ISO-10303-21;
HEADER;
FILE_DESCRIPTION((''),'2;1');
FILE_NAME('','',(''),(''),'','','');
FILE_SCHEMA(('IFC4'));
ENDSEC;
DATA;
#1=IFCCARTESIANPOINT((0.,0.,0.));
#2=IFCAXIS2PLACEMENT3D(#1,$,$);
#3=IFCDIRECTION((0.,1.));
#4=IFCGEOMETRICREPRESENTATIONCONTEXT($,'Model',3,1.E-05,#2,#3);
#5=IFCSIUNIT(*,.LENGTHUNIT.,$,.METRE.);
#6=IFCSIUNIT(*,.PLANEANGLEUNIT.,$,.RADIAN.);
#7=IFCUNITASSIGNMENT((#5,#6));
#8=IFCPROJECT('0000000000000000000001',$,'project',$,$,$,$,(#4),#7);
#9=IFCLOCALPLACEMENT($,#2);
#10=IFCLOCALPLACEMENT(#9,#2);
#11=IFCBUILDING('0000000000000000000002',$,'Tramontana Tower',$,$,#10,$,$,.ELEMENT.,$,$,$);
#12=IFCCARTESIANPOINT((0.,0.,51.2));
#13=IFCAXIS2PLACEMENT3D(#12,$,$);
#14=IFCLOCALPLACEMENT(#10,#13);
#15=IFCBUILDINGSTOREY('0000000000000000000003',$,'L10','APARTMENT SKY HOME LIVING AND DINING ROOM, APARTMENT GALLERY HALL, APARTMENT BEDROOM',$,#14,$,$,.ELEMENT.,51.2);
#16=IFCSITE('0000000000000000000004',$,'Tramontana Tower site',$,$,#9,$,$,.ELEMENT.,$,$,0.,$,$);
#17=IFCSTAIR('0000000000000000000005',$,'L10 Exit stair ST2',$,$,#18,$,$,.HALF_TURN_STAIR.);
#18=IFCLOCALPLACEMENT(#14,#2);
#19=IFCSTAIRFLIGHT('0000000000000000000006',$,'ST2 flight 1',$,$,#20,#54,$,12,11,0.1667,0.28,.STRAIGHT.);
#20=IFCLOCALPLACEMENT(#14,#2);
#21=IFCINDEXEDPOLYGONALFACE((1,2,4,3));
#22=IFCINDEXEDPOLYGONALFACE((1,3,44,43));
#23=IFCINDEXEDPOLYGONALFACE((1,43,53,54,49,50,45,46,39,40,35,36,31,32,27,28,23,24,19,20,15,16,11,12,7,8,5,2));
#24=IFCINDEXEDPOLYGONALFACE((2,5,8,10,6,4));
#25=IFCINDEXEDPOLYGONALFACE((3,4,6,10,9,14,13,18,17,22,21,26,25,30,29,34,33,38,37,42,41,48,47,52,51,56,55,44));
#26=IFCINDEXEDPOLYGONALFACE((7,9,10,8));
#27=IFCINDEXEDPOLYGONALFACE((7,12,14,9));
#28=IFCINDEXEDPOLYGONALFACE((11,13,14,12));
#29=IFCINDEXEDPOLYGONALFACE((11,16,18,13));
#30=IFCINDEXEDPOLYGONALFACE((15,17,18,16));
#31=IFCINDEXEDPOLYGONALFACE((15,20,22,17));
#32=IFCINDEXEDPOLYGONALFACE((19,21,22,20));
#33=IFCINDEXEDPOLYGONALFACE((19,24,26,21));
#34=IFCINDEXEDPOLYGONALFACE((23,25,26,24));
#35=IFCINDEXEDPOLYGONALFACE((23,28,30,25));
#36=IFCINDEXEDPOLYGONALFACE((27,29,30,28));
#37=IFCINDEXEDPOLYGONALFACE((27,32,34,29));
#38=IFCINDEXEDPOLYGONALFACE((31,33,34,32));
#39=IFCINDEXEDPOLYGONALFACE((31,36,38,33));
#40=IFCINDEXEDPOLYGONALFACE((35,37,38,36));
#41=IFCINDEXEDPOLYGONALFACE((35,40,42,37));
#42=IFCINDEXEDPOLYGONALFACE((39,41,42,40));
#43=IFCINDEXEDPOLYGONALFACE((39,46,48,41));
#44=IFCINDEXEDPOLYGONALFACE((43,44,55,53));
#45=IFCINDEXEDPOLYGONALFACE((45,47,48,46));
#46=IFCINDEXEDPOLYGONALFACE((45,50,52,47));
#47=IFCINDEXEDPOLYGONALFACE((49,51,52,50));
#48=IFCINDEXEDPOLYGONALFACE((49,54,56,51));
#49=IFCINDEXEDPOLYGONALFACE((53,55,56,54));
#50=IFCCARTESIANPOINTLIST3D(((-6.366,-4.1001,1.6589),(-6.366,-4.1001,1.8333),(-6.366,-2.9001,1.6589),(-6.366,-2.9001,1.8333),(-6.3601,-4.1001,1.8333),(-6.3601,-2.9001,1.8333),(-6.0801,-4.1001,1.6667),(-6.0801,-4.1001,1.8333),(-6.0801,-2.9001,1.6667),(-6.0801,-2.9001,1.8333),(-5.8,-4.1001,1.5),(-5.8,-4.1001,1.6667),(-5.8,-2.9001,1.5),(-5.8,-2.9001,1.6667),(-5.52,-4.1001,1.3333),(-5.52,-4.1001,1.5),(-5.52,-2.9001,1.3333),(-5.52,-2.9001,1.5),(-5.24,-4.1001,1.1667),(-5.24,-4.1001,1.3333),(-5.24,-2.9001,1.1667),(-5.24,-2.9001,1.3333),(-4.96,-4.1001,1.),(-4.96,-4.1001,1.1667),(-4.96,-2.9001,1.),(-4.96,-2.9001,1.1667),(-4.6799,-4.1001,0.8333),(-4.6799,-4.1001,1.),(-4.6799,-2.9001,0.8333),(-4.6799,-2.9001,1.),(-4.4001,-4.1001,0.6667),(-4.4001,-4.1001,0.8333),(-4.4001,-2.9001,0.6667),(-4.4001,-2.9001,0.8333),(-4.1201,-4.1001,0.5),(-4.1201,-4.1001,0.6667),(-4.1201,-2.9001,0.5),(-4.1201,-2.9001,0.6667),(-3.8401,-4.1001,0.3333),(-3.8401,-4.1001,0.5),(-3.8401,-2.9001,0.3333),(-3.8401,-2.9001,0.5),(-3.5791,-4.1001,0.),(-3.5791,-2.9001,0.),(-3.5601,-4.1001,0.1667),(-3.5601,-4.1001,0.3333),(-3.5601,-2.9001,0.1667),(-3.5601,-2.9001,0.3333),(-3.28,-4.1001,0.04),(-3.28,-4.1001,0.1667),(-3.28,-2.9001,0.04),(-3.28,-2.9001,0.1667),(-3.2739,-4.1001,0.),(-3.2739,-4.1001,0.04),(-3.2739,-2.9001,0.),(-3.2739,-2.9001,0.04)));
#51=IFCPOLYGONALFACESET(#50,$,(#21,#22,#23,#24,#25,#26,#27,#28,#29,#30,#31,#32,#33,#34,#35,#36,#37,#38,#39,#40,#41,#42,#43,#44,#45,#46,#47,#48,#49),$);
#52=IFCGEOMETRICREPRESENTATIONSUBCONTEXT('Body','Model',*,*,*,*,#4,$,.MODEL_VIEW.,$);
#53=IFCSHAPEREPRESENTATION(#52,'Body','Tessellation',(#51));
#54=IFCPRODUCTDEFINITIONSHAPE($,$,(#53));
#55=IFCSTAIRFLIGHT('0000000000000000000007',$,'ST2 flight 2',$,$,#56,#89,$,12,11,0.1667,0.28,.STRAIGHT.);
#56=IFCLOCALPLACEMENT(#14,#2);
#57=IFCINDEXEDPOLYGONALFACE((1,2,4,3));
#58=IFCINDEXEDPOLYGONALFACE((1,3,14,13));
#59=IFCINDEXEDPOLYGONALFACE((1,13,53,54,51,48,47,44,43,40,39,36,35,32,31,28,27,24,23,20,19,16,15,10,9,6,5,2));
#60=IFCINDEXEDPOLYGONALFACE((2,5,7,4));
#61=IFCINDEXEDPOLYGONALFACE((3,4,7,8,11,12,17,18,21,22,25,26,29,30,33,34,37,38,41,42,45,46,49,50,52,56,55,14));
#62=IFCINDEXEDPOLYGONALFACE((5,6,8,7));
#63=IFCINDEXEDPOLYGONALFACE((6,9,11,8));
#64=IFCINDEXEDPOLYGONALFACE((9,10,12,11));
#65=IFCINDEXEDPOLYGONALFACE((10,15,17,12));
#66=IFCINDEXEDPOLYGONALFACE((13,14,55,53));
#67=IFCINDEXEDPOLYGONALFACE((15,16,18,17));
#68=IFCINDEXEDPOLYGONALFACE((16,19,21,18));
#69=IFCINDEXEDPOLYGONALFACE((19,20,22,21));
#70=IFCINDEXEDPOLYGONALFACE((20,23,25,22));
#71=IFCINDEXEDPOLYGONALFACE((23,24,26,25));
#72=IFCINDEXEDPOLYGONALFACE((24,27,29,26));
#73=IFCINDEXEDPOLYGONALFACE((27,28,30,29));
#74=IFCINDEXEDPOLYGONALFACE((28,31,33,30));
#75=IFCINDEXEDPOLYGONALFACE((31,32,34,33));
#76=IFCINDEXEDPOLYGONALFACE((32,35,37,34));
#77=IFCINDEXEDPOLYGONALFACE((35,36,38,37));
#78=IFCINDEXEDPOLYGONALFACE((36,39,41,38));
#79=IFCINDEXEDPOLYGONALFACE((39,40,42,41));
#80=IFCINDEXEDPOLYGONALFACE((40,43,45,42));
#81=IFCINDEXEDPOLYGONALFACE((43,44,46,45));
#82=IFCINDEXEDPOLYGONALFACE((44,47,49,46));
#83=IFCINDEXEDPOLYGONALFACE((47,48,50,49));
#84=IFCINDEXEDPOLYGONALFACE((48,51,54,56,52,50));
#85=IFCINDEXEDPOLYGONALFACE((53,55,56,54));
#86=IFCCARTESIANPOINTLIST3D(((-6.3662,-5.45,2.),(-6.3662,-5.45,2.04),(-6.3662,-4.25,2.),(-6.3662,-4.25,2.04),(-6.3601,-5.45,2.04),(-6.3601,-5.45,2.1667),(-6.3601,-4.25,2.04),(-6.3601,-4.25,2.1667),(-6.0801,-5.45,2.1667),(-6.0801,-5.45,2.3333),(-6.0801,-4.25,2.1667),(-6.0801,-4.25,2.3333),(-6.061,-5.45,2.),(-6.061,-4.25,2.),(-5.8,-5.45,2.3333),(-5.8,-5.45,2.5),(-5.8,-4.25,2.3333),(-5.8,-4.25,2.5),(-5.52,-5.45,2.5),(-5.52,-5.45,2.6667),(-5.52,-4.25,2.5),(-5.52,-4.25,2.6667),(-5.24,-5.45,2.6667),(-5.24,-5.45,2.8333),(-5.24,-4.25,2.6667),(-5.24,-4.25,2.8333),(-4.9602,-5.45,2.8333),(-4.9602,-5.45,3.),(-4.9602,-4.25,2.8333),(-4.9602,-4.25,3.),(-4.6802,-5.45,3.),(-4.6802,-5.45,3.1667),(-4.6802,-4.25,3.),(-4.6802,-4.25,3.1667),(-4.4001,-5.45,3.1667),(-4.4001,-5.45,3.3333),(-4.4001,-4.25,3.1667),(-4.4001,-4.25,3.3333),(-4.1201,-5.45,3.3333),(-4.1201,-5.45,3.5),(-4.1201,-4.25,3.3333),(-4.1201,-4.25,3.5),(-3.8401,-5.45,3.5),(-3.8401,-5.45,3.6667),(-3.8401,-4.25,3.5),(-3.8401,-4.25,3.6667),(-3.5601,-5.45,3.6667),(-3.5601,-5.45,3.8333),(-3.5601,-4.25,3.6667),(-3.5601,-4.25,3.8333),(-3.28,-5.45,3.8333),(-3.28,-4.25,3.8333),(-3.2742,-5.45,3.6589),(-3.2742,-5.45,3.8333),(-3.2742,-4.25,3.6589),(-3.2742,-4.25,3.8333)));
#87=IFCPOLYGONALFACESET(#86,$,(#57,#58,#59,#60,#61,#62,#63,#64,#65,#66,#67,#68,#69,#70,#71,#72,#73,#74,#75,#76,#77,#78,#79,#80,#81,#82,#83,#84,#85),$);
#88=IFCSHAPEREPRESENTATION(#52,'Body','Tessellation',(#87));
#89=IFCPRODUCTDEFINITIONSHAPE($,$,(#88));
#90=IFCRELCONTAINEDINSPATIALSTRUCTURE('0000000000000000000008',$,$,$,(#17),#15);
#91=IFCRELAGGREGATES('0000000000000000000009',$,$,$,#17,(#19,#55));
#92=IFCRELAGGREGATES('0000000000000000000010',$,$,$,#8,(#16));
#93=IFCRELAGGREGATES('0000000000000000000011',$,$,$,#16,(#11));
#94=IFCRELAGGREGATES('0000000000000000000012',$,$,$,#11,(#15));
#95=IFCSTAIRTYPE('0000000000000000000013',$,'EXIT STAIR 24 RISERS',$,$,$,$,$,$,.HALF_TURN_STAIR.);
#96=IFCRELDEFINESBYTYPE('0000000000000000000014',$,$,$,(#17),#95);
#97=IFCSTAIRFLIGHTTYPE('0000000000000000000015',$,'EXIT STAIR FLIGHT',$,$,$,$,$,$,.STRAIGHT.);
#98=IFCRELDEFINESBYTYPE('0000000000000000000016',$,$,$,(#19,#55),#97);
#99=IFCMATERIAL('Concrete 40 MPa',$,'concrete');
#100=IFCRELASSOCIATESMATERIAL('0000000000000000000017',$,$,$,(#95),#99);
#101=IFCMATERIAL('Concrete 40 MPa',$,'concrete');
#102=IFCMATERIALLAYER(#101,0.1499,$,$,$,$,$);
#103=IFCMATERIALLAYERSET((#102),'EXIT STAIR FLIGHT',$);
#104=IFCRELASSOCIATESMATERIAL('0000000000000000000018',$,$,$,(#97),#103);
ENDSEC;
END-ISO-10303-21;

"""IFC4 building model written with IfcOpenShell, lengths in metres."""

from ifc_helpers import new_model, si_unit, direction, frame, origin, place, context, subcontext, project, spatial, polyline, outline, extrude, material, layer, layer_set, type_object, element, aggregate, save


model = new_model("IFC4")

# Units and contexts
model_context = context("Model", 3, precision=1e-05, world=origin(), true_north=direction((0.0, 1.0)))
body_context = subcontext(model_context, "Body", "Model", "MODEL_VIEW")
ifc_project = project(units=[si_unit("LENGTHUNIT", "METRE"), si_unit("PLANEANGLEUNIT", "RADIAN")], contexts=[model_context])

# Site, building, storey
site_placement = place(None, origin())
site = spatial("IfcSite", under=ifc_project, at=site_placement, Name="Tramontana Tower site", CompositionType="ELEMENT", RefElevation=0.0)
building_placement = place(site_placement, origin())
building = spatial("IfcBuilding", under=site, at=building_placement, Name="Tramontana Tower", CompositionType="ELEMENT")
storey_placement = place(building_placement, frame((0.0, 0.0, 51.2)))
storey = spatial("IfcBuildingStorey", under=building, at=storey_placement, Name="L10", Description="APARTMENT SKY HOME LIVING AND DINING ROOM, APARTMENT GALLERY HALL, APARTMENT BEDROOM", CompositionType="ELEMENT", Elevation=51.2)

# Stair, stair flights
ifc_material_1 = material(Name="Concrete 40 MPa", Category="concrete")
stair_type = type_object("IfcStairType", Name="EXIT STAIR 24 RISERS", PredefinedType="HALF_TURN_STAIR", material=ifc_material_1)
stair_placement = place(storey_placement, origin())
stair = element("IfcStair", 1, at=stair_placement, inside=storey, type_object=stair_type, Name="L10 Exit stair ST2", PredefinedType="HALF_TURN_STAIR")
ifc_material_2 = material(Name="Concrete 40 MPa", Category="concrete")
ifc_layer_1 = layer(ifc_material_2, 0.1499)
ifc_layer_set_1 = layer_set([ifc_layer_1], Name="EXIT STAIR FLIGHT")
stair_flight_type = type_object("IfcStairFlightType", Name="EXIT STAIR FLIGHT", PredefinedType="STRAIGHT", material=ifc_layer_set_1)
stair_flight_1_placement = place(storey_placement, frame((-3.28, -3.5, 0.0), z_axis=(0.0, 0.0, 1.0), x_axis=(-1.0, 0.0, 0.0)))
stair_flight_1 = element("IfcStairFlight", 2, at=stair_flight_1_placement, type_object=stair_flight_type, Name="ST2 flight 1", NumberOfRisers=12, NumberOfTreads=11, PredefinedType="STRAIGHT", RiserHeight=0.1667, TreadLength=0.28, context=body_context, shape_type="SweptSolid", body=[
    extrude(outline(polyline([(-0.0061, 0.0), (-0.0061, 0.04), (0.0, 0.04), (0.0, 0.1667), (0.28, 0.1667), (0.28, 0.3333), (0.5601, 0.3333), (0.5601, 0.5), (0.8401, 0.5), (0.8401, 0.6667), (1.1201, 0.6667), (1.1201, 0.8333), (1.3999, 0.8333), (1.3999, 1.0), (1.6799, 1.0), (1.6799, 1.1667), (1.96, 1.1667), (1.96, 1.3333), (2.24, 1.3333), (2.24, 1.5), (2.52, 1.5), (2.52, 1.6667), (2.8, 1.6667), (2.8, 1.8333), (3.0801, 1.8333), (3.0859, 1.8333), (3.0859, 1.6589), (0.2991, 0.0), (-0.0061, 0.0)])), frame((0.0, 0.6001, 0.0), z_axis=(0.0, -1.0, 0.0), x_axis=(1.0, 0.0, 0.0)), (0.0, 0.0, 1.0), 1.2),
])
stair_flight_2_placement = place(storey_placement, frame((-6.3601, -4.8501, 2.0), z_axis=(0.0, 0.0, 1.0), x_axis=(1.0, 0.0, 0.0)))
stair_flight_2 = element("IfcStairFlight", 3, at=stair_flight_2_placement, type_object=stair_flight_type, Name="ST2 flight 2", NumberOfRisers=12, NumberOfTreads=11, PredefinedType="STRAIGHT", RiserHeight=0.1667, TreadLength=0.28, context=body_context, shape_type="SweptSolid", body=[
    extrude(outline(polyline([(-0.0061, 0.0), (-0.0061, 0.04), (0.0, 0.04), (0.0, 0.1667), (0.28, 0.1667), (0.28, 0.3333), (0.5601, 0.3333), (0.5601, 0.5), (0.8401, 0.5), (0.8401, 0.6667), (1.1201, 0.6667), (1.1201, 0.8333), (1.3999, 0.8333), (1.3999, 1.0), (1.6799, 1.0), (1.6799, 1.1667), (1.96, 1.1667), (1.96, 1.3333), (2.24, 1.3333), (2.24, 1.5), (2.52, 1.5), (2.52, 1.6667), (2.8, 1.6667), (2.8, 1.8333), (3.0801, 1.8333), (3.0859, 1.8333), (3.0859, 1.6589), (0.2991, 0.0), (-0.0061, 0.0)])), frame((0.0, 0.6001, 0.0), z_axis=(0.0, -1.0, 0.0), x_axis=(1.0, 0.0, 0.0)), (0.0, 0.0, 1.0), 1.2),
])
aggregate(stair, [stair_flight_1, stair_flight_2])

save(model, "model.ifc")
